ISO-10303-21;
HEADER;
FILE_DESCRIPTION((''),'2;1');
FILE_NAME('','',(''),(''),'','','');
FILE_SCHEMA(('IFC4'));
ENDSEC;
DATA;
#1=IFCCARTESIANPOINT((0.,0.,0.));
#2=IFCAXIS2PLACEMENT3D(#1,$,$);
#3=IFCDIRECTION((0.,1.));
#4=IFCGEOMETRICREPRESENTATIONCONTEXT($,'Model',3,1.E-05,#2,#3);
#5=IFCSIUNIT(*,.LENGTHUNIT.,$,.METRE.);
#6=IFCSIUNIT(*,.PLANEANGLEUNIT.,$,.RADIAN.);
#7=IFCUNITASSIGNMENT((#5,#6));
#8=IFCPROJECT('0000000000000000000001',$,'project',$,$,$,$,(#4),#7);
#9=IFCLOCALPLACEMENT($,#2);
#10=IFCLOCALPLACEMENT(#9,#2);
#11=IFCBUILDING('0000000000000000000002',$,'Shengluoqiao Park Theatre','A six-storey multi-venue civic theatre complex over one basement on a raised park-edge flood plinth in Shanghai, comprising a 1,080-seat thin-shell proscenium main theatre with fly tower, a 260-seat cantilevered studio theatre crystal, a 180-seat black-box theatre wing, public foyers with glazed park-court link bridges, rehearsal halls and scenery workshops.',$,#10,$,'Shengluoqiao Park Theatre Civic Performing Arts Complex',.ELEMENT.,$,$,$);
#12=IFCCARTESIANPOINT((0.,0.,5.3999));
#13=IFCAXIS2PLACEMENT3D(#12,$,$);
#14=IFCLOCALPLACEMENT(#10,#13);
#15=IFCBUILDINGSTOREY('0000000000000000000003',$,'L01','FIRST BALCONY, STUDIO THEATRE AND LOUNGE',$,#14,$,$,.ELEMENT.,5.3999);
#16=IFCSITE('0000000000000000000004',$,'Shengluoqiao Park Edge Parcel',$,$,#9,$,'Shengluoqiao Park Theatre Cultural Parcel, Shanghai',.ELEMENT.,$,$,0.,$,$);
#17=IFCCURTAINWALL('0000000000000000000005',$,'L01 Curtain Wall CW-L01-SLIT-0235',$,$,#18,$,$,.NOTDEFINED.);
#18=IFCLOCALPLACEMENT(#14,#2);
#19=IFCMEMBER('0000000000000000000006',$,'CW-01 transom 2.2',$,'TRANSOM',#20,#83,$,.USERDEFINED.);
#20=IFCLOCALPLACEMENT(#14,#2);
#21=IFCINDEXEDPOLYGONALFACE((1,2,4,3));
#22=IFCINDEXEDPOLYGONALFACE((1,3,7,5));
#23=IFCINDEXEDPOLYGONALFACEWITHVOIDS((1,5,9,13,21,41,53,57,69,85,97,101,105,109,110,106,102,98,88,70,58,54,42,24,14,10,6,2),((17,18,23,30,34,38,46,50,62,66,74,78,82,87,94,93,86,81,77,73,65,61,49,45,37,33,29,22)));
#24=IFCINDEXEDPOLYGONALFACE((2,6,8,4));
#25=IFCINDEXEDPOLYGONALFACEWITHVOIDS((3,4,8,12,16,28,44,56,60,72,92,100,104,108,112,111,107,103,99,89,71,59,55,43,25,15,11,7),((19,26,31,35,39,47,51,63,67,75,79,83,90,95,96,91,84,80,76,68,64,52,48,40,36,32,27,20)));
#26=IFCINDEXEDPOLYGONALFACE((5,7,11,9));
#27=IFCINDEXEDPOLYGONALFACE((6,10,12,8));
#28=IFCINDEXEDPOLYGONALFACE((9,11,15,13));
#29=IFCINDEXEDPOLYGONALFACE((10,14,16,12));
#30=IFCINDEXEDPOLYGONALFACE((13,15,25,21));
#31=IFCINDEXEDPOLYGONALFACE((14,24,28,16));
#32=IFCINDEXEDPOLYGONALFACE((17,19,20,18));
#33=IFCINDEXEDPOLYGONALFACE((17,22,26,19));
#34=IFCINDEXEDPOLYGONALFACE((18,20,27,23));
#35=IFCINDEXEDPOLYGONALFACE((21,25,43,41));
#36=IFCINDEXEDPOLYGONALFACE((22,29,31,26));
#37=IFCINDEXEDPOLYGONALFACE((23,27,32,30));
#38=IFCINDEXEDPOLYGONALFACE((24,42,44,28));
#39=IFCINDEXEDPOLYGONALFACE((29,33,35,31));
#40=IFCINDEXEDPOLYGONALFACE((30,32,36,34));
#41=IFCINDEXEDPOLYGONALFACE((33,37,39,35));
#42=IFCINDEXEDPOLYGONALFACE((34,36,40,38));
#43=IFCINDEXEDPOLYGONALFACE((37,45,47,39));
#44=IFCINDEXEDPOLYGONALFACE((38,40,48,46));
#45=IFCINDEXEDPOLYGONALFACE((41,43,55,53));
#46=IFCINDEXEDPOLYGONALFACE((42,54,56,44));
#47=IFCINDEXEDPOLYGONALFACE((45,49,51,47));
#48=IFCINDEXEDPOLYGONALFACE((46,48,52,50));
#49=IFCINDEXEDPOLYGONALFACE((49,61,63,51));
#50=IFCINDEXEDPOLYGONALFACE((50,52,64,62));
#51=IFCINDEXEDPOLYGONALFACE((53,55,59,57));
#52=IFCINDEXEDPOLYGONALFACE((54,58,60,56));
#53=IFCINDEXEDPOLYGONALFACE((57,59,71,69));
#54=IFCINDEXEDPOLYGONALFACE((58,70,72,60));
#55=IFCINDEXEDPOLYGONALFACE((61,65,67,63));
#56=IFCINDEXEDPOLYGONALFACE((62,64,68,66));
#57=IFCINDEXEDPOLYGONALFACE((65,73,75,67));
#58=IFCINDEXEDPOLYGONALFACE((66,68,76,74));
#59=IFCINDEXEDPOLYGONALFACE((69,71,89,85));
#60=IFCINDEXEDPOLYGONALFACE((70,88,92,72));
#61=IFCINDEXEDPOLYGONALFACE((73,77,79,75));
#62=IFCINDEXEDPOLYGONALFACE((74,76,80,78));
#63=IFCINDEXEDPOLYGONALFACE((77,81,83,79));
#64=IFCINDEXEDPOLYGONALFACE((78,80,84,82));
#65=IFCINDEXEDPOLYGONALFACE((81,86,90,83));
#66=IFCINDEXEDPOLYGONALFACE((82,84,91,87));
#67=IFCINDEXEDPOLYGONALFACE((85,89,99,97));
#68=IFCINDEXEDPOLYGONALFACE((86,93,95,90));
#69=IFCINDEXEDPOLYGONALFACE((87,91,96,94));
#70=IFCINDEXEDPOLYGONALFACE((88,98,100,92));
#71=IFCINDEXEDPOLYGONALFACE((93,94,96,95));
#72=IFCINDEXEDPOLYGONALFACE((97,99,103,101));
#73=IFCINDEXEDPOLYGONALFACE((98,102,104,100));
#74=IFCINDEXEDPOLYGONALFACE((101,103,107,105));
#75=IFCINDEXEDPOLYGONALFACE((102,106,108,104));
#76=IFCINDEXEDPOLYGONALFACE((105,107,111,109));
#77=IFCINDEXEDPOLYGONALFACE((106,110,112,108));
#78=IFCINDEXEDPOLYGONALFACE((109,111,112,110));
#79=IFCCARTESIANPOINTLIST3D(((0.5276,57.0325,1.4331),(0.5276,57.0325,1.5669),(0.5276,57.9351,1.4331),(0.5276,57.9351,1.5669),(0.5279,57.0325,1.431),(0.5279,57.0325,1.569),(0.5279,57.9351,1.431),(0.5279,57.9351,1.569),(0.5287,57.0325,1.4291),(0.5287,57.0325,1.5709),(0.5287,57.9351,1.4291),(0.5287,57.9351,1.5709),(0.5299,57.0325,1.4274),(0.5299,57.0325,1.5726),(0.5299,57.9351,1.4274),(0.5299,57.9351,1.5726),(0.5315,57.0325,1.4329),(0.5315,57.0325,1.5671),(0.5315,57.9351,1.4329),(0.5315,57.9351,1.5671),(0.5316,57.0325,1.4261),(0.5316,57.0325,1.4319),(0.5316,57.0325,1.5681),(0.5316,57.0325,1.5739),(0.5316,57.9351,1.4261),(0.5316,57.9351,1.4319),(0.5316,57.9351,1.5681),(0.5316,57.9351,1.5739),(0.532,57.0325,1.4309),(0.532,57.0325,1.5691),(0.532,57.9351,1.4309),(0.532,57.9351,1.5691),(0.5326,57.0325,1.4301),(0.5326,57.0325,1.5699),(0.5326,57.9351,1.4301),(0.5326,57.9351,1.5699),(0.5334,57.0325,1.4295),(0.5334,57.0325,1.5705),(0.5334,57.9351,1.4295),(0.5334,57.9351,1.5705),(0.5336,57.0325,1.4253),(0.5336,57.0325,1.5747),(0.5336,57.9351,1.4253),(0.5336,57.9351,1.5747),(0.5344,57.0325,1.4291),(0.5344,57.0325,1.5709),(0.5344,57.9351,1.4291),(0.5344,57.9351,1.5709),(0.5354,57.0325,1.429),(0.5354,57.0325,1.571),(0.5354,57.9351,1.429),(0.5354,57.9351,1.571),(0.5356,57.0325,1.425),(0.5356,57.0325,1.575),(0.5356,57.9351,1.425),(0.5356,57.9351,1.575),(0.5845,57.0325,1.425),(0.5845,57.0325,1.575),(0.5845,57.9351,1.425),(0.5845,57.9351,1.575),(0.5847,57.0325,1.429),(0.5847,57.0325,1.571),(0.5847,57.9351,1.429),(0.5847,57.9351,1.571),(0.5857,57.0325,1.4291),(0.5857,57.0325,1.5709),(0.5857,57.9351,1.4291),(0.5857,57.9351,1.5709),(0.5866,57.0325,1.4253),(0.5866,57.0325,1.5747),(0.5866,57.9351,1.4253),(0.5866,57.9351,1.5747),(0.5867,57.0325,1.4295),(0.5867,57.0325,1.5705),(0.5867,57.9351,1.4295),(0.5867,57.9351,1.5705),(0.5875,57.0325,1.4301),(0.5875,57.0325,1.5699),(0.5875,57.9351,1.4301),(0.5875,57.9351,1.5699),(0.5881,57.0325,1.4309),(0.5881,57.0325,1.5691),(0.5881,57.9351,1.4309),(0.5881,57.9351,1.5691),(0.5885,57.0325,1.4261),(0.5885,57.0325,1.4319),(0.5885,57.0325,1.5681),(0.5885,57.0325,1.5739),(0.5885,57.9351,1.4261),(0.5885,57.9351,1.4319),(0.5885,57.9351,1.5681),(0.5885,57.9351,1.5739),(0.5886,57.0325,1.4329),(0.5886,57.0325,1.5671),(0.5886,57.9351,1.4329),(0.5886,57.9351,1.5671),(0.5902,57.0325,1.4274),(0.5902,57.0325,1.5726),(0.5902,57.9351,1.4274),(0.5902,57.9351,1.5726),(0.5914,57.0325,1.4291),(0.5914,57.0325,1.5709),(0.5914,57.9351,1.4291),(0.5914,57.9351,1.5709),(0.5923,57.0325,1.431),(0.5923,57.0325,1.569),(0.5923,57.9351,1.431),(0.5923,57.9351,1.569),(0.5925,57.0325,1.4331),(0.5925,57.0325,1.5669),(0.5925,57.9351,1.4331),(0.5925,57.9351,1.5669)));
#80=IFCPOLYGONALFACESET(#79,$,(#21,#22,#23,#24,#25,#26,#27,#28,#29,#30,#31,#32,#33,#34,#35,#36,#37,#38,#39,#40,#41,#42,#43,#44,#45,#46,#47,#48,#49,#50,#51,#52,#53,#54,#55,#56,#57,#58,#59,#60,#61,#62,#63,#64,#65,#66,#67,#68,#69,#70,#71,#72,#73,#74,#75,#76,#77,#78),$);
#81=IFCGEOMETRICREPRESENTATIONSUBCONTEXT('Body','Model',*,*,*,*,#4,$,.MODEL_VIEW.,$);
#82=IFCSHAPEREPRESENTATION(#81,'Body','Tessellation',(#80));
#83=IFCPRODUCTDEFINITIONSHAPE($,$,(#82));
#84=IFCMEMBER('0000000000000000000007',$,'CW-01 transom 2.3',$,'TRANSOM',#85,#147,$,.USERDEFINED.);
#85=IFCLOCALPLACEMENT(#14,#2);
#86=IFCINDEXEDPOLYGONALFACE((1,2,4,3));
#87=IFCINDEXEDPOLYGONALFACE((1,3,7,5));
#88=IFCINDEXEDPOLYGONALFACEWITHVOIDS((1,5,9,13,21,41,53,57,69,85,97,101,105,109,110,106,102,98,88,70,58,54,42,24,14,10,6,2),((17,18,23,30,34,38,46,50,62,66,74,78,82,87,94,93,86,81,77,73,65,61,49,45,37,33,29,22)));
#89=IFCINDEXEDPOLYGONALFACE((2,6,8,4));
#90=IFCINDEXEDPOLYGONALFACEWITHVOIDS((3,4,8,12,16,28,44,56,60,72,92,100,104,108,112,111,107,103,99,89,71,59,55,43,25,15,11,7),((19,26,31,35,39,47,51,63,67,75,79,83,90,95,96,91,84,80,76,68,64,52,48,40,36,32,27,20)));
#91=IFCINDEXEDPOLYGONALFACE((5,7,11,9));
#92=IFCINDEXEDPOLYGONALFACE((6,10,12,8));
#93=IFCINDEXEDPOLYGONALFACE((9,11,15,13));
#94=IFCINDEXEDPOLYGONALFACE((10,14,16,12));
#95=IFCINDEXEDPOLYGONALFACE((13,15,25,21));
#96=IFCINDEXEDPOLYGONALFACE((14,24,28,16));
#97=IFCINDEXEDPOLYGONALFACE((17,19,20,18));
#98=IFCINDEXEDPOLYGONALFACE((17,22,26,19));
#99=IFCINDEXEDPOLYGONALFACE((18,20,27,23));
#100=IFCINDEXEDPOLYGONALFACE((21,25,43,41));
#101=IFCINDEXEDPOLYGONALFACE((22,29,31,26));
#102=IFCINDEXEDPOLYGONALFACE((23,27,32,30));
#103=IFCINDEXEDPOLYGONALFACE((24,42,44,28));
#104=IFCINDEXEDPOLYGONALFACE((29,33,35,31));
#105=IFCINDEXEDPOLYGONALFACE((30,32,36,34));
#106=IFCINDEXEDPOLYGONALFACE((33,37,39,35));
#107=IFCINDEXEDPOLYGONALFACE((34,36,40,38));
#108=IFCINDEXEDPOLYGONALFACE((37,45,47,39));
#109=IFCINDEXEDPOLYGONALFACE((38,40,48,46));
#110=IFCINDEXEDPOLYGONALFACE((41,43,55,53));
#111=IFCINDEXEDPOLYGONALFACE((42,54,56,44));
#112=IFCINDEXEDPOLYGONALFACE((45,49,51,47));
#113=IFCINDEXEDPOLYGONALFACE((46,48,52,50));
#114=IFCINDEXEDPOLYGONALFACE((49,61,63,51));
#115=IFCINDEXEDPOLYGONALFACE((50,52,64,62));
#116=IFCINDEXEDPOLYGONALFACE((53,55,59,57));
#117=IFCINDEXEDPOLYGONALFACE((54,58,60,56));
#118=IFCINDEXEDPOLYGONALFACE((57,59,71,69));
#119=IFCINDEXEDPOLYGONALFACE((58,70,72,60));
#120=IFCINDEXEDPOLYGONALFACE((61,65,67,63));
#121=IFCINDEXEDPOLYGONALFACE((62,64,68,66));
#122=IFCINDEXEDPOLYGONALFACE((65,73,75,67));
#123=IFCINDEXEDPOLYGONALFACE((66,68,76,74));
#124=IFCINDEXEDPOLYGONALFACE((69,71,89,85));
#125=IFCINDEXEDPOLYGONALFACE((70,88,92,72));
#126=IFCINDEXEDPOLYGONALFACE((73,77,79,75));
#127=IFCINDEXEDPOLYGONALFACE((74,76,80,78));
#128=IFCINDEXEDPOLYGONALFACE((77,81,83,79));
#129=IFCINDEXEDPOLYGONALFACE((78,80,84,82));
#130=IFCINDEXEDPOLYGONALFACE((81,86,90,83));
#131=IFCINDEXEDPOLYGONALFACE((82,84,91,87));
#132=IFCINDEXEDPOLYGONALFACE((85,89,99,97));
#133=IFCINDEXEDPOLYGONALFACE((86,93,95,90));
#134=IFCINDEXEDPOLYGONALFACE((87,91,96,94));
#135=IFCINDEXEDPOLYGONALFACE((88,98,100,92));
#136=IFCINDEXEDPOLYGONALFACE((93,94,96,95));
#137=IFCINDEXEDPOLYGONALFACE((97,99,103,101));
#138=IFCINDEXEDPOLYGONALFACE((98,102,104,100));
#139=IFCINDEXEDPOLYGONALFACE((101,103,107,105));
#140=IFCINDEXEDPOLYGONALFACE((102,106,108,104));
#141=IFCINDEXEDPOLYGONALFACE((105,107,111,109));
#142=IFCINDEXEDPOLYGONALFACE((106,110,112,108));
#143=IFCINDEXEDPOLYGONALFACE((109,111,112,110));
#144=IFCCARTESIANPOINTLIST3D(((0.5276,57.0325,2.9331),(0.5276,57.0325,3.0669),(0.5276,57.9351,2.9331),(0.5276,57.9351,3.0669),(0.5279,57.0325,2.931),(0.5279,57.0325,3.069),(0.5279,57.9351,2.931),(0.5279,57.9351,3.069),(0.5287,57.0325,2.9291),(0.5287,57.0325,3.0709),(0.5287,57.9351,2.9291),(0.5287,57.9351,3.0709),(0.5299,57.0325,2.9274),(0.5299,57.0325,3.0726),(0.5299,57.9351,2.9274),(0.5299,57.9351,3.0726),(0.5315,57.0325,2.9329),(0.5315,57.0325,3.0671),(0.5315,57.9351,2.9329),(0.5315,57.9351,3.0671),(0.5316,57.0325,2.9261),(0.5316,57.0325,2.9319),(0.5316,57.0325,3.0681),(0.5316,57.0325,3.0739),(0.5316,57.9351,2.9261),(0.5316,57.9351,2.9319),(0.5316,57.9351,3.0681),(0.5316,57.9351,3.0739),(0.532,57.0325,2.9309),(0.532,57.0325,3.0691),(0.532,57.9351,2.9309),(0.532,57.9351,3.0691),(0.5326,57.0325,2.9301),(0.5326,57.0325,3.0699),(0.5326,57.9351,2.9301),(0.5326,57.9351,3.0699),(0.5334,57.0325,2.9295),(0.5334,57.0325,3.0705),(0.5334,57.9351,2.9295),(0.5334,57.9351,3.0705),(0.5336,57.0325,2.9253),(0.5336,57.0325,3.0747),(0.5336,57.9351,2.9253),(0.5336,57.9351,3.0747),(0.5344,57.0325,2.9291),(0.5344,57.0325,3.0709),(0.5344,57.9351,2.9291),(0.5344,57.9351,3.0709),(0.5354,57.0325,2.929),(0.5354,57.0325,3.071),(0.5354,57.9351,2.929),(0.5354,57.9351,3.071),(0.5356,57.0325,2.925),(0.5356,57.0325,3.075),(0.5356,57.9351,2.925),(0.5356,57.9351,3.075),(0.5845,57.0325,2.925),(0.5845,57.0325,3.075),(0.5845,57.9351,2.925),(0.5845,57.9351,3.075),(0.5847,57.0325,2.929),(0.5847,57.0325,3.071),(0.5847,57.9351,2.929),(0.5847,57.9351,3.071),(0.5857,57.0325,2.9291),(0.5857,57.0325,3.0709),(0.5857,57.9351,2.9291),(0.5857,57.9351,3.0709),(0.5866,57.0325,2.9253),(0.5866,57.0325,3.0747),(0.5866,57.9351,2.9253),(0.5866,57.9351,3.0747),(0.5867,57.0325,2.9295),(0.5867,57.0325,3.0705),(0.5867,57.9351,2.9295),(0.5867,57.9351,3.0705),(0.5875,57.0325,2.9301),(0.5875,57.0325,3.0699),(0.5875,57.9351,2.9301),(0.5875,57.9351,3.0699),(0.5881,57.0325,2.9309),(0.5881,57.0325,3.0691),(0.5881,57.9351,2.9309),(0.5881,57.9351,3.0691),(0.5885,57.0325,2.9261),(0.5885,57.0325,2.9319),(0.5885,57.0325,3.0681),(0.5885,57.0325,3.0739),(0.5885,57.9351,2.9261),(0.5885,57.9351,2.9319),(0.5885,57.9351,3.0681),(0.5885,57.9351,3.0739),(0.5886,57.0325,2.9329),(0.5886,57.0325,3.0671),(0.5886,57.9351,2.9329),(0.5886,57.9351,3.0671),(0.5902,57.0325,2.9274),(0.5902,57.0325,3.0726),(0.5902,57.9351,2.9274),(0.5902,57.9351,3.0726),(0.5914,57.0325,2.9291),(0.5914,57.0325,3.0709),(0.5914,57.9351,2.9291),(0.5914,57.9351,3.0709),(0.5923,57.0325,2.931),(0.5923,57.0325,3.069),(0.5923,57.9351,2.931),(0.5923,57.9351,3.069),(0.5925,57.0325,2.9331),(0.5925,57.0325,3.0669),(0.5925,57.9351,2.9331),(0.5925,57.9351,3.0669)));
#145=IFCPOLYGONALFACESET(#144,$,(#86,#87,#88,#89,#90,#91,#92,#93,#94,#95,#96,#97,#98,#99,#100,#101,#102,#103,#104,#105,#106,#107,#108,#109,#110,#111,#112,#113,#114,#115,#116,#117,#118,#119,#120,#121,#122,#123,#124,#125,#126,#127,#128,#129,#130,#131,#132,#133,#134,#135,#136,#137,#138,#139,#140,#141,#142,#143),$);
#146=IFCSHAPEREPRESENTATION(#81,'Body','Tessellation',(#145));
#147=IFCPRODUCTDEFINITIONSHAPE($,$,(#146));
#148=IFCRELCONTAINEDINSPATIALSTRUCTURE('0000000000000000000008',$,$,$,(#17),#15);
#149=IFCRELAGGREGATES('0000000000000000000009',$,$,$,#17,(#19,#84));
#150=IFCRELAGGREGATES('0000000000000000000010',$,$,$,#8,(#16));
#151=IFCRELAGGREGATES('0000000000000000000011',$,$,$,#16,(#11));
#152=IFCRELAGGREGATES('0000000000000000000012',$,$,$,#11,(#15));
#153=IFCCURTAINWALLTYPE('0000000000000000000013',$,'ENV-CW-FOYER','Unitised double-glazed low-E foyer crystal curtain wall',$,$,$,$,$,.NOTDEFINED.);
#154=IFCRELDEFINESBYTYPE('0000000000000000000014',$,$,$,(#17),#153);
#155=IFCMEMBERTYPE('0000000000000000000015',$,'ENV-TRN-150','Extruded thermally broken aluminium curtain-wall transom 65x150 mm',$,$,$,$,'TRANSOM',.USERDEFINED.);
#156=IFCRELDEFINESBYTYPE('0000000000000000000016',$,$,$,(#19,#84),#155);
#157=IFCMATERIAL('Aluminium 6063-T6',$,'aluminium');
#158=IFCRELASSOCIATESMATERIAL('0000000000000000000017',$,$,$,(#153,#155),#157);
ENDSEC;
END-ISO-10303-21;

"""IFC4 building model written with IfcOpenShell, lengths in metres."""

from ifc_helpers import new_model, si_unit, direction, frame, origin, origin_2d, place, context, subcontext, project, spatial, hollow_rectangle, extrude, material, material_profile, profile_set, type_object, element, aggregate, save


model = new_model("IFC4")

# Units and contexts
model_context = context("Model", 3, precision=1e-05, world=origin(), true_north=direction((0.0, 1.0)))
body_context = subcontext(model_context, "Body", "Model", "MODEL_VIEW")
ifc_project = project(units=[si_unit("LENGTHUNIT", "METRE"), si_unit("PLANEANGLEUNIT", "RADIAN")], contexts=[model_context])

# Site, building, storey
site_placement = place(None, origin())
site = spatial("IfcSite", under=ifc_project, at=site_placement, Name="Shengluoqiao Park Edge Parcel", LongName="Shengluoqiao Park Theatre Cultural Parcel, Shanghai", CompositionType="ELEMENT", RefElevation=0.0)
building_placement = place(site_placement, origin())
building = spatial("IfcBuilding", under=site, at=building_placement, Name="Shengluoqiao Park Theatre", Description="A six-storey multi-venue civic theatre complex over one basement on a raised park-edge flood plinth in Shanghai, comprising a 1,080-seat thin-shell proscenium main theatre with fly tower, a 260-seat cantilevered studio theatre crystal, a 180-seat black-box theatre wing, public foyers with glazed park-court link bridges, rehearsal halls and scenery workshops.", LongName="Shengluoqiao Park Theatre Civic Performing Arts Complex", CompositionType="ELEMENT")
storey_placement = place(building_placement, frame((0.0, 0.0, 5.3999)))
storey = spatial("IfcBuildingStorey", under=building, at=storey_placement, Name="L01", Description="FIRST BALCONY, STUDIO THEATRE AND LOUNGE", CompositionType="ELEMENT", Elevation=5.3999)

# Curtain wall, members
ifc_material_1 = material(Name="Aluminium 6063-T6", Category="aluminium")
curtain_wall_type = type_object("IfcCurtainWallType", Name="ENV-CW-FOYER", Description="Unitised double-glazed low-E foyer crystal curtain wall", PredefinedType="NOTDEFINED", material=ifc_material_1)
curtain_wall_placement = place(storey_placement, origin())
curtain_wall = element("IfcCurtainWall", 1, at=curtain_wall_placement, inside=storey, type_object=curtain_wall_type, Name="L01 Curtain Wall CW-L01-SLIT-0235", PredefinedType="NOTDEFINED")
ifc_material_profile_1 = material_profile(ifc_material_1, hollow_rectangle(XDim=0.0649, YDim=0.1499, WallThickness=0.0039, InnerFilletRadius=0.0039, OuterFilletRadius=0.0081, at=origin_2d()), Name="ALU TRANSOM 150x65x4")
ifc_profile_set_1 = profile_set([ifc_material_profile_1], Name="Aluminium 6063-T6")
member_type_1 = type_object("IfcMemberType", Name="ENV-TRN-150", Description="Extruded thermally broken aluminium curtain-wall transom 65x150 mm", ElementType="TRANSOM", PredefinedType="USERDEFINED", material=ifc_profile_set_1)
member_1_placement = place(storey_placement, frame((0.5601, 57.0325, 1.5), z_axis=(0.0, 1.0, 0.0), x_axis=(-1.0, 0.0, 0.0)))
member_1 = element("IfcMember", 2, at=member_1_placement, type_object=member_type_1, Name="CW-01 transom 2.2", ObjectType="TRANSOM", PredefinedType="USERDEFINED", context=body_context, shape_type="SweptSolid", body=[
    extrude(hollow_rectangle(XDim=0.0649, YDim=0.1499, WallThickness=0.0039, InnerFilletRadius=0.0039, OuterFilletRadius=0.0081, at=origin_2d()), origin(), (0.0, 0.0, 1.0), 0.9026),
])
member_2_placement = place(storey_placement, frame((0.5601, 57.0325, 3.0), z_axis=(0.0, 1.0, 0.0), x_axis=(-1.0, 0.0, 0.0)))
member_2 = element("IfcMember", 3, at=member_2_placement, type_object=member_type_1, Name="CW-01 transom 2.3", ObjectType="TRANSOM", PredefinedType="USERDEFINED", context=body_context, shape_type="SweptSolid", body=[
    extrude(hollow_rectangle(XDim=0.0649, YDim=0.1499, WallThickness=0.0039, InnerFilletRadius=0.0039, OuterFilletRadius=0.0081, at=origin_2d()), origin(), (0.0, 0.0, 1.0), 0.9026),
])

aggregate(curtain_wall, [member_1, member_2])

save(model, "model.ifc")
